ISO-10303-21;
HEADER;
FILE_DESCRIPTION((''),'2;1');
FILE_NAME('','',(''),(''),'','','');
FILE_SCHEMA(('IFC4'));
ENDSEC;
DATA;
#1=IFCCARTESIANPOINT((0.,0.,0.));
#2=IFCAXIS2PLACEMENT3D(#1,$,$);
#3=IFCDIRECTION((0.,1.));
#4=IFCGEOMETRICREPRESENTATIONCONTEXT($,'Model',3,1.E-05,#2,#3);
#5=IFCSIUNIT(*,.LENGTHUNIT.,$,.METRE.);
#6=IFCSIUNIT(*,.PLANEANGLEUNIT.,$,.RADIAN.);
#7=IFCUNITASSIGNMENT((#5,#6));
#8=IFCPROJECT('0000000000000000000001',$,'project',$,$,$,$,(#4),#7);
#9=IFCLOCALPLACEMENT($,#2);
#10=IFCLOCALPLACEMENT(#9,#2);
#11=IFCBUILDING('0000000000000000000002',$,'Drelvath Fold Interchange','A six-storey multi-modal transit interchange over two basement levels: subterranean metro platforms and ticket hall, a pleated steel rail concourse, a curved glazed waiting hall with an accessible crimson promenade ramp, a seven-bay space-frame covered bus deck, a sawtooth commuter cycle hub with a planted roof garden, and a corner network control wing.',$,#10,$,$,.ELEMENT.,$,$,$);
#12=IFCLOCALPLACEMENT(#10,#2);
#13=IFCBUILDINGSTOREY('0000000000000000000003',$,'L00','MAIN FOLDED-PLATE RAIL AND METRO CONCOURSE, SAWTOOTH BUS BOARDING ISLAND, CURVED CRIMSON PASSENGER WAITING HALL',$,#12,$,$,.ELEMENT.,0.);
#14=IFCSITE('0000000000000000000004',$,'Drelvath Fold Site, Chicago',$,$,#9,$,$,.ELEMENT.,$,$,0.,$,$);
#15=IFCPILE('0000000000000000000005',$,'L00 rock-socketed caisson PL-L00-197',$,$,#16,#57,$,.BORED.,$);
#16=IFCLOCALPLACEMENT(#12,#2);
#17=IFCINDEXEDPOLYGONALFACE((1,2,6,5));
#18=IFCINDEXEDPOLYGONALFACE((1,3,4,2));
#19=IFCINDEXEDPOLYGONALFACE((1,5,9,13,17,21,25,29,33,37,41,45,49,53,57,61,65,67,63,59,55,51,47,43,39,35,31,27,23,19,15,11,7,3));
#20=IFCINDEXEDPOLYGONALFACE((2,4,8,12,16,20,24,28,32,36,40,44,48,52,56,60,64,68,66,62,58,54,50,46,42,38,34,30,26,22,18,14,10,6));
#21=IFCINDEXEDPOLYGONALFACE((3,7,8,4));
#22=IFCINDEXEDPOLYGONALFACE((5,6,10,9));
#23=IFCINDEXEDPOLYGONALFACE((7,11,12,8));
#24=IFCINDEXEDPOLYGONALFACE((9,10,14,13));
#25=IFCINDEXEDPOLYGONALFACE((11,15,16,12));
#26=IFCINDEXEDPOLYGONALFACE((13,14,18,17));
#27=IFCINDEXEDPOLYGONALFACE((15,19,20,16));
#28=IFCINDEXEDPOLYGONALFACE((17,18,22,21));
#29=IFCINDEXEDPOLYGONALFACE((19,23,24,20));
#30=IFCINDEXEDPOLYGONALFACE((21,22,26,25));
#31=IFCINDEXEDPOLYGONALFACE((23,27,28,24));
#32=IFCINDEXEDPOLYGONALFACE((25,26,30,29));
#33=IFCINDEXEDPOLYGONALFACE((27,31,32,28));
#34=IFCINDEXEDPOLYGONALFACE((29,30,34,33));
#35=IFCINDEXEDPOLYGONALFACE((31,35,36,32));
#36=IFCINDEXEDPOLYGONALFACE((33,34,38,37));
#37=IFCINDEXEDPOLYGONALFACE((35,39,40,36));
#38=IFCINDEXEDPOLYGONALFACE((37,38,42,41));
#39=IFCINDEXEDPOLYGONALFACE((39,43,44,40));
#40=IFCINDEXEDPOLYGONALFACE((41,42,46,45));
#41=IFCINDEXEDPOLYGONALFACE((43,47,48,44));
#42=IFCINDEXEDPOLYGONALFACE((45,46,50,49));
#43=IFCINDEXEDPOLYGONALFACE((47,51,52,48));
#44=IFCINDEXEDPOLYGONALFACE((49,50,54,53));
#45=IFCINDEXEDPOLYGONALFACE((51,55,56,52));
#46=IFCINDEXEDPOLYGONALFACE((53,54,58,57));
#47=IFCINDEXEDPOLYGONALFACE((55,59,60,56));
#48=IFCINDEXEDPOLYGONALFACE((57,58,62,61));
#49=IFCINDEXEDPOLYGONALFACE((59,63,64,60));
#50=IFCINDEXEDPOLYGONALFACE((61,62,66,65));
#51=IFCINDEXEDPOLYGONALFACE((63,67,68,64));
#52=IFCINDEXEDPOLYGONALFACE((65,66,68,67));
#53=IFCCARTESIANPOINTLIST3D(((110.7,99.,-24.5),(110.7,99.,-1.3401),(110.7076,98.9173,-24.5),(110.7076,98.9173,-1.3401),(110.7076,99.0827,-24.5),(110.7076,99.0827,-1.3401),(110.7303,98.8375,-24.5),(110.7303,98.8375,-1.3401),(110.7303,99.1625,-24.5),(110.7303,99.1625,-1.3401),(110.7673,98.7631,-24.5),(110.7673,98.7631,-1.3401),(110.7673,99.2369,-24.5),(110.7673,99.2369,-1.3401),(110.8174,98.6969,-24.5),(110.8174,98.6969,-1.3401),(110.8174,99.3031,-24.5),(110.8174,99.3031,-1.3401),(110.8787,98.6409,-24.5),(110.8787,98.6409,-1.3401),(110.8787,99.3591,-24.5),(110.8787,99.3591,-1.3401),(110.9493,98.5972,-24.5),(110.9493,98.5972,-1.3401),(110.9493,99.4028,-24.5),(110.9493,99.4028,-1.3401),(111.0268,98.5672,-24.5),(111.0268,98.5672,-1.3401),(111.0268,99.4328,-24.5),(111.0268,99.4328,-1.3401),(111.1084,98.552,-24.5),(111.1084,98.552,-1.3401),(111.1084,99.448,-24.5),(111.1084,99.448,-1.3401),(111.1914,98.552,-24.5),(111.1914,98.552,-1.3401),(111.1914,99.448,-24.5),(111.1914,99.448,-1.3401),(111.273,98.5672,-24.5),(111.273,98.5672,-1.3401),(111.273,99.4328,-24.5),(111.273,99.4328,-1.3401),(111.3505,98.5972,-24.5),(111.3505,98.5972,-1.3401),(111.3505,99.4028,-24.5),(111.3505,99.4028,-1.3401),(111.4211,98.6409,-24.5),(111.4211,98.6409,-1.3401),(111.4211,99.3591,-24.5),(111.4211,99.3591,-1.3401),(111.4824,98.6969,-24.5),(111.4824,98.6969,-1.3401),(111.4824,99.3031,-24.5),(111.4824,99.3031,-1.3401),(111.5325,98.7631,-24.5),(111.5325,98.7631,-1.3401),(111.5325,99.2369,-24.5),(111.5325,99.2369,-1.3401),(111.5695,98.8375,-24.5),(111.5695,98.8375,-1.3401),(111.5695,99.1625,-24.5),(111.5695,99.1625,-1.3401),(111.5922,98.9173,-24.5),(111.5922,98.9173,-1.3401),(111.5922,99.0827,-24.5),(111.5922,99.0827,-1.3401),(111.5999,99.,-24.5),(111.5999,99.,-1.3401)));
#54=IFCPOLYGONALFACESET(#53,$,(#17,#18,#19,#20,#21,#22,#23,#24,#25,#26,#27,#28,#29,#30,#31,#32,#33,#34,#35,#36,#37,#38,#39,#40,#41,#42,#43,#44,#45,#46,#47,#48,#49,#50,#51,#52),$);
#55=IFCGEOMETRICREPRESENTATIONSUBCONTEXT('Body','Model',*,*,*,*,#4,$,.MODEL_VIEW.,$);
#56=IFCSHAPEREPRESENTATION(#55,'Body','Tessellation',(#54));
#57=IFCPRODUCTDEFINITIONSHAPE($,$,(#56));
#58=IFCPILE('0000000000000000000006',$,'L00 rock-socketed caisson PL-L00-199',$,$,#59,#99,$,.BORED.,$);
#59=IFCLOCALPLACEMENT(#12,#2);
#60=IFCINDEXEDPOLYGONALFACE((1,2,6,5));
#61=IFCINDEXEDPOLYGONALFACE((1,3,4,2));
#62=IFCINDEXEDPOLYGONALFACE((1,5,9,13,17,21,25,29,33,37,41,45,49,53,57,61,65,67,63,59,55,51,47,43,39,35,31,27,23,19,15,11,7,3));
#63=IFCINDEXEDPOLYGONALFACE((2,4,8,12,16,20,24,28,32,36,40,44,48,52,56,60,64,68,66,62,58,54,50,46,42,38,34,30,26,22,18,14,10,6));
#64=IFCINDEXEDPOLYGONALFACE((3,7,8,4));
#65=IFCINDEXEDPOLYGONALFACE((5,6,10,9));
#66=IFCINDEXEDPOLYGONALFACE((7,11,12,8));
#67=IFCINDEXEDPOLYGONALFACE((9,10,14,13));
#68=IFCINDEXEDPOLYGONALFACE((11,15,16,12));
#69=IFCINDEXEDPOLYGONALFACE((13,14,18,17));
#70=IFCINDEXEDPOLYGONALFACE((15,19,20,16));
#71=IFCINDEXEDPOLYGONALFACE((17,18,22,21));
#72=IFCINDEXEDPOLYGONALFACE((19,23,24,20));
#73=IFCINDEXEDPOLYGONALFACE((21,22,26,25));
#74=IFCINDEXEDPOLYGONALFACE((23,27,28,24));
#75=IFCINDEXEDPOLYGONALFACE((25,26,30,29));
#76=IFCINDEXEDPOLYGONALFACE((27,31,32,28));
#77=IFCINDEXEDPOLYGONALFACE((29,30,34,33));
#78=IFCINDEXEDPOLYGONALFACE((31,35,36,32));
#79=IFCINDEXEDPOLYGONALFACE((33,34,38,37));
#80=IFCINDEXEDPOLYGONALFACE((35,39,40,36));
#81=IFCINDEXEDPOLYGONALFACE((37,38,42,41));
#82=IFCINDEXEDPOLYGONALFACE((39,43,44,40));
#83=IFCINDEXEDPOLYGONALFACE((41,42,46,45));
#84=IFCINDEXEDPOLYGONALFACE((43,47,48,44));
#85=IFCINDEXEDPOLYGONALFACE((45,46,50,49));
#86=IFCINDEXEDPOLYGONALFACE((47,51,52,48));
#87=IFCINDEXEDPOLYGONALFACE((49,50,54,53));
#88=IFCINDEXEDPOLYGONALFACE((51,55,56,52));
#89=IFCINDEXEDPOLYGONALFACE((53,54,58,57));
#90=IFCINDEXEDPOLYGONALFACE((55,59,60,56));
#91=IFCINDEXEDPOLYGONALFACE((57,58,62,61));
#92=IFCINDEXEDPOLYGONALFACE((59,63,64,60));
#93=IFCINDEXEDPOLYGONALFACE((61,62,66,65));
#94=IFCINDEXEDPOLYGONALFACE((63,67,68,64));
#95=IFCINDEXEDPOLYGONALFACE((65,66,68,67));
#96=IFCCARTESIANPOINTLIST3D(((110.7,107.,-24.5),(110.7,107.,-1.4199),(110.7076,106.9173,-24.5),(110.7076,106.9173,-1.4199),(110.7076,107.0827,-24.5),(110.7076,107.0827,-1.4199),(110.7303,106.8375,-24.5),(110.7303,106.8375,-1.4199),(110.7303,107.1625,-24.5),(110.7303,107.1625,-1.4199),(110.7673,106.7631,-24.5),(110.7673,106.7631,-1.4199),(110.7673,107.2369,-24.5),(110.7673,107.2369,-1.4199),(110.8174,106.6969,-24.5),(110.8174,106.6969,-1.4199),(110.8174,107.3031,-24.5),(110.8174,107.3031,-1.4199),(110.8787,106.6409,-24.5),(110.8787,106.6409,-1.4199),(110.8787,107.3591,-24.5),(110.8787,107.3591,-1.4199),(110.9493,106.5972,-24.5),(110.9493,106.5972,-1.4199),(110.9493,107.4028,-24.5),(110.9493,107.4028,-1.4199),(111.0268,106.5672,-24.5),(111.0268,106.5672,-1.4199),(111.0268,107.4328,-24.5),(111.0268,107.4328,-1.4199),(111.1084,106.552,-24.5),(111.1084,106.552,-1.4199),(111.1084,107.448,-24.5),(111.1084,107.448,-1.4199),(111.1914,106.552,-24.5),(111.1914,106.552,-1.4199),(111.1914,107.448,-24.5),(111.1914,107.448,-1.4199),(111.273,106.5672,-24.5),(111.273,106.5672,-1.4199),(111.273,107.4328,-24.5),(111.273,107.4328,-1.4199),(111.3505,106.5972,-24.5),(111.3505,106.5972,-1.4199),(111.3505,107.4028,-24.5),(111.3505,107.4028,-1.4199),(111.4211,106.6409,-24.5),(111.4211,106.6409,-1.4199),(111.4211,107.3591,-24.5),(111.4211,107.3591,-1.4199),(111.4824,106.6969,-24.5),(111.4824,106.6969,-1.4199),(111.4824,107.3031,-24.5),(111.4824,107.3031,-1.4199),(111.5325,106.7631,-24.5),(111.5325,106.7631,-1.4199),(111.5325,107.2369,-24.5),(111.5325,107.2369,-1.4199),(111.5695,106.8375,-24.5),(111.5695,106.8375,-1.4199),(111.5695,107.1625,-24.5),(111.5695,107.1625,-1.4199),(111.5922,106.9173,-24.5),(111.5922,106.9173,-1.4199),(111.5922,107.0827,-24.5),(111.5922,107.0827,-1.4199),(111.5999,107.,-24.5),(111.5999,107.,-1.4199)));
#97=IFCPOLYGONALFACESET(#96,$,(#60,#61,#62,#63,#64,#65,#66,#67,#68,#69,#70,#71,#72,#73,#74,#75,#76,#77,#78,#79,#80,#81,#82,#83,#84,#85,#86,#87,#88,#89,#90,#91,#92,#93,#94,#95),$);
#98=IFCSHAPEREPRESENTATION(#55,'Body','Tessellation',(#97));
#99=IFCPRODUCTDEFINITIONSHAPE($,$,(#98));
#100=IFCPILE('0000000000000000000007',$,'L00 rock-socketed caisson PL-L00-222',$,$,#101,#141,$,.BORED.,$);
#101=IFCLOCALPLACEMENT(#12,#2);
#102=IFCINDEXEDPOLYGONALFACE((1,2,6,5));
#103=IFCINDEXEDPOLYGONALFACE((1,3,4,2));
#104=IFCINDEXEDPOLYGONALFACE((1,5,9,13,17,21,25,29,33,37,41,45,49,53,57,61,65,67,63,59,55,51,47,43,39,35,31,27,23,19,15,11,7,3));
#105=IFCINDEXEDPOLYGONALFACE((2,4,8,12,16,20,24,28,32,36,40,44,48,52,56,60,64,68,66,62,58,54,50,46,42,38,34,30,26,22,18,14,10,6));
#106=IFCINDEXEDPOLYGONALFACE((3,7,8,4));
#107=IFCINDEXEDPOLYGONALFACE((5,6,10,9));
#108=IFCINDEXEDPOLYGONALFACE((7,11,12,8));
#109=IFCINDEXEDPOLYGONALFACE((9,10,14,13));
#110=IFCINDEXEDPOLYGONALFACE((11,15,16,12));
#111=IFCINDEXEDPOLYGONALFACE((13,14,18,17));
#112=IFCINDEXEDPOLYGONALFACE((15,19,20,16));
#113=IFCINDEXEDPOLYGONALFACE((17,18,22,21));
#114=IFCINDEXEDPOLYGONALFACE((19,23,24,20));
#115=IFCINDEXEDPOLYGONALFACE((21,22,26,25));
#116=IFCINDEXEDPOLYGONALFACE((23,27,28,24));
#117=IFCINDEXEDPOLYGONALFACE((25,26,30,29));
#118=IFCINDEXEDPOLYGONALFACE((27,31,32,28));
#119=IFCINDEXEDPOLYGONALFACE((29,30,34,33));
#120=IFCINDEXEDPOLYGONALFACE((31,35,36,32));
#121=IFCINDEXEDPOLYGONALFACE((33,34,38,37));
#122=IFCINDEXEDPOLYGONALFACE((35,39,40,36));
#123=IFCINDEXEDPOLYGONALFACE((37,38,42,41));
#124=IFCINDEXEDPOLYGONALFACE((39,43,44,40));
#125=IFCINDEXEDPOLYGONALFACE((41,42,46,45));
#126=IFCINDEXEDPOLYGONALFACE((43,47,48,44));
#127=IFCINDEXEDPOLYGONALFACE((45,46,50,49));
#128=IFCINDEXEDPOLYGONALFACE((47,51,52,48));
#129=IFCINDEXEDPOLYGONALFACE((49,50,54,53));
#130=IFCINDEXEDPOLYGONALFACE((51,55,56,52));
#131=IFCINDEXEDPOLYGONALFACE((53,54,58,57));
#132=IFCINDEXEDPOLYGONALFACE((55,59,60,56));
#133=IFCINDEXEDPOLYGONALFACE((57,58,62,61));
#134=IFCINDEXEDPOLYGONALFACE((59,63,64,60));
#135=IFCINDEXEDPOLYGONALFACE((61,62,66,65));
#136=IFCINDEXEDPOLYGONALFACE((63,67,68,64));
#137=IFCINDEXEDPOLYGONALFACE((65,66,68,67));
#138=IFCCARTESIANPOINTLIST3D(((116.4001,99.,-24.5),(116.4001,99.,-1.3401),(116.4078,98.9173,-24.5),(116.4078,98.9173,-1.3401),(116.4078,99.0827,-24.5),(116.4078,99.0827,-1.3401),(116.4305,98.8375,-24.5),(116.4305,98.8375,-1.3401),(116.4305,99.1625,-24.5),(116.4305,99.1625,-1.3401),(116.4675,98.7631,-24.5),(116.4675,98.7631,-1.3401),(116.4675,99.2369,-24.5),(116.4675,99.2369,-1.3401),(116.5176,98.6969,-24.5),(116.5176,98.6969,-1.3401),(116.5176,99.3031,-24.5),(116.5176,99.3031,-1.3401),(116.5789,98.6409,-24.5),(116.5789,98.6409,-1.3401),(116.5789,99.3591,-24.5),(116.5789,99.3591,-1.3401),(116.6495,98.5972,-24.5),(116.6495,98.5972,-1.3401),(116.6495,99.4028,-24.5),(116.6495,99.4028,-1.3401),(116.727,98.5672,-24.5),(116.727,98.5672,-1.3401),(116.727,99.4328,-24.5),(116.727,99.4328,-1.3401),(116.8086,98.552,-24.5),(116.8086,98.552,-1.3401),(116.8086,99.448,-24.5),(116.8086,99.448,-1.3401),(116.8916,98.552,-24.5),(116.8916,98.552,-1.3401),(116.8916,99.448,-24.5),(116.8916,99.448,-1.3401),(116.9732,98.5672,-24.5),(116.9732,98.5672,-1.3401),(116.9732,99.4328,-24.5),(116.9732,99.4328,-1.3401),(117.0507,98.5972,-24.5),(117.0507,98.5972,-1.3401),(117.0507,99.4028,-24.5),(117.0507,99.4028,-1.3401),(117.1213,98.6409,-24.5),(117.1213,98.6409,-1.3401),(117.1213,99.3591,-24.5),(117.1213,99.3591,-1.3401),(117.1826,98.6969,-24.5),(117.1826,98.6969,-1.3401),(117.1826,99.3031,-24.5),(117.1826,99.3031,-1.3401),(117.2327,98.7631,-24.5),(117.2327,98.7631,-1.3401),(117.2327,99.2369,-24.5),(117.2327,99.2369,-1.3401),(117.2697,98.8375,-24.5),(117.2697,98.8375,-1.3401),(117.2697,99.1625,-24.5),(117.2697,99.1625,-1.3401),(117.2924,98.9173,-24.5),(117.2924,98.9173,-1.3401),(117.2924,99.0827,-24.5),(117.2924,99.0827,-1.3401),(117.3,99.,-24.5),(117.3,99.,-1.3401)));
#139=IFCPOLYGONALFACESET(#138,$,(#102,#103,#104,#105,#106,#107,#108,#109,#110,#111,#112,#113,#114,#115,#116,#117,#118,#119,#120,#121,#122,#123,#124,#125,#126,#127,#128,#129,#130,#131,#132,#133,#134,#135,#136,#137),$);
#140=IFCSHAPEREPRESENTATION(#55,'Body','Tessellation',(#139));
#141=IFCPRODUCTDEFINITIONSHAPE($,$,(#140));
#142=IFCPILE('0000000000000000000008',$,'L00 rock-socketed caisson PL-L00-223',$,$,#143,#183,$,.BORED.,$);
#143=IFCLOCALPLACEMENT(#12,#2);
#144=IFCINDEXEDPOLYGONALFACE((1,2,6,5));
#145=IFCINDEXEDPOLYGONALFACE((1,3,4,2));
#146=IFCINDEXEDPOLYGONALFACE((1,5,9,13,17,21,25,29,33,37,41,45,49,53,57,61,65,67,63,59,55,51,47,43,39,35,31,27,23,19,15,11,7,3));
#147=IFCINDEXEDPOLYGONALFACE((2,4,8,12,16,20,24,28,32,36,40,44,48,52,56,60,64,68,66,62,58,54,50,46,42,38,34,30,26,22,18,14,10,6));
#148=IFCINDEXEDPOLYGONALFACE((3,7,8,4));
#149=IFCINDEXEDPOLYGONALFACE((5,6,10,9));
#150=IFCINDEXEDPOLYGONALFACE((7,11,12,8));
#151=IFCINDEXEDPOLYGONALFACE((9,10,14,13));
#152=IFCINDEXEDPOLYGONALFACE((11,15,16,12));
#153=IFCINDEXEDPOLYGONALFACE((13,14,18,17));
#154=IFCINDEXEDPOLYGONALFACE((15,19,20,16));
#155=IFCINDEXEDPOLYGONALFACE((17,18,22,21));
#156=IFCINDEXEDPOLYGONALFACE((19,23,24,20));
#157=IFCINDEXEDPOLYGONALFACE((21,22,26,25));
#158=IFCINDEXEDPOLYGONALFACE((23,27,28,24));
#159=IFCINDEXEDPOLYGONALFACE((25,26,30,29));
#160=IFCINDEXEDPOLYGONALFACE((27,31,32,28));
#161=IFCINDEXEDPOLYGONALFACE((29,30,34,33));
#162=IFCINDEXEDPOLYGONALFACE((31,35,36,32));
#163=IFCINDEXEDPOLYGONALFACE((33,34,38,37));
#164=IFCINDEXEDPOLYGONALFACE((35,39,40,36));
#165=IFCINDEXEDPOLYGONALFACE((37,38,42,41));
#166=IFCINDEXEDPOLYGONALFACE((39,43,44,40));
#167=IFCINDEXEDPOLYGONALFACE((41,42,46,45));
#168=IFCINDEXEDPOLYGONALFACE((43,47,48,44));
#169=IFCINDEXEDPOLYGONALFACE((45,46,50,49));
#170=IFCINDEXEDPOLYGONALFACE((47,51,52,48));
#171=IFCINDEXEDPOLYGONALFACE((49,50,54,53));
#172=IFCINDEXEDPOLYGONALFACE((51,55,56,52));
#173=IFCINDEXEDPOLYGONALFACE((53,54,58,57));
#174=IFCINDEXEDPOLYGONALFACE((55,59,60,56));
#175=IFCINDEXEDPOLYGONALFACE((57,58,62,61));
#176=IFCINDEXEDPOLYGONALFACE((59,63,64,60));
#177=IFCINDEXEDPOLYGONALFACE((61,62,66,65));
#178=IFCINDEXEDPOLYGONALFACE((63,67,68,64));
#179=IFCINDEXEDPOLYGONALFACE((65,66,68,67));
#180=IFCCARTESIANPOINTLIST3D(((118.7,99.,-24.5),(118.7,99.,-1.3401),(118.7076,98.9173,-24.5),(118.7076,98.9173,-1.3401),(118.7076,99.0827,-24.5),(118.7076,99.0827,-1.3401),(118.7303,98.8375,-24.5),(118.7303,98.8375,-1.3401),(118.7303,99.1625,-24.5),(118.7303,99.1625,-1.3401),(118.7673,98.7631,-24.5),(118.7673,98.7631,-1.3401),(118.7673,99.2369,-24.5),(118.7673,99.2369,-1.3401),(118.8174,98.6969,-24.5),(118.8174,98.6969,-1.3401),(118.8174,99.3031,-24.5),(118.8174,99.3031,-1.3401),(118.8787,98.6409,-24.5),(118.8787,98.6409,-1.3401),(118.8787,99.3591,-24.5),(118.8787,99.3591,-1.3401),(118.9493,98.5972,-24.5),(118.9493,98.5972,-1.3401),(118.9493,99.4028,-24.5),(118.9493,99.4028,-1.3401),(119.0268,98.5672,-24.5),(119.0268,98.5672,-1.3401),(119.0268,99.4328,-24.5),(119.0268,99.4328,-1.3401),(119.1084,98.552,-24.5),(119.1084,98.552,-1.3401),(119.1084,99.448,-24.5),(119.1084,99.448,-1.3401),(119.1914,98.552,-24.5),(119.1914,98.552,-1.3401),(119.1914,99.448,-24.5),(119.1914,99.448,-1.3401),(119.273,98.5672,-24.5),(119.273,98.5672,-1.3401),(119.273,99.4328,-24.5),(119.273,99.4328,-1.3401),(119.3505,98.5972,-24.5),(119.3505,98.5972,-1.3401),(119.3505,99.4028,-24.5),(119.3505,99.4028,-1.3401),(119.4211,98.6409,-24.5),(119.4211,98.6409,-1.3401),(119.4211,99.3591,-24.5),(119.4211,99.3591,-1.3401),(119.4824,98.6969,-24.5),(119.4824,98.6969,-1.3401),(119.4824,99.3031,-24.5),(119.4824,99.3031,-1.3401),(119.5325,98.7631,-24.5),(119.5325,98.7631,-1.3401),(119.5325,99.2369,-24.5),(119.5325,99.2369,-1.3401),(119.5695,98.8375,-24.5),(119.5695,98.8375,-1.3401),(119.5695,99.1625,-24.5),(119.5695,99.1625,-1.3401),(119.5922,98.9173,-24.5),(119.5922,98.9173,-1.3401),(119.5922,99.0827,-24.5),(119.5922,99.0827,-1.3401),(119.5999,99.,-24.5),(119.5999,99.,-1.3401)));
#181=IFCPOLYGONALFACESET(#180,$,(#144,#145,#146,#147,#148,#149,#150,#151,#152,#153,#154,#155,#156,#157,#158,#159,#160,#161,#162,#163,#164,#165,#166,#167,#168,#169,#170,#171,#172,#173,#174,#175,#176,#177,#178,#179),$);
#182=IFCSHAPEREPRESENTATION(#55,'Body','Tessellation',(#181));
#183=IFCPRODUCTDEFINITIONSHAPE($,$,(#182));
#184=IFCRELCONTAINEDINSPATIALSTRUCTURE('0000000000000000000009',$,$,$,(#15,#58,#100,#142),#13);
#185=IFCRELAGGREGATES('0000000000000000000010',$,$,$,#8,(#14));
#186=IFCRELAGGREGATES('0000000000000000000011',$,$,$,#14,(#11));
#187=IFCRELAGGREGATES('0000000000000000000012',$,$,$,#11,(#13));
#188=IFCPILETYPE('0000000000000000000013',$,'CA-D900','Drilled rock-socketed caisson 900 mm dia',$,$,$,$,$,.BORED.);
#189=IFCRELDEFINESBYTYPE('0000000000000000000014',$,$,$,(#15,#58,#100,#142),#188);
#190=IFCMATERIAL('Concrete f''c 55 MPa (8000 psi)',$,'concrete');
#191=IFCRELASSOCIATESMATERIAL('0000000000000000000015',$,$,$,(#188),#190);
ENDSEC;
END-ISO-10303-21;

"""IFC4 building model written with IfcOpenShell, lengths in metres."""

from ifc_helpers import new_model, si_unit, direction, frame, origin, origin_2d, place, context, subcontext, project, spatial, circle, extrude, material, material_profile, profile_set, type_object, element, save


model = new_model("IFC4")

# Units and contexts
model_context = context("Model", 3, precision=1e-05, world=origin(), true_north=direction((0.0, 1.0)))
body_context = subcontext(model_context, "Body", "Model", "MODEL_VIEW")
ifc_project = project(units=[si_unit("LENGTHUNIT", "METRE"), si_unit("PLANEANGLEUNIT", "RADIAN")], contexts=[model_context])

# Site, building, storey
site_placement = place(None, origin())
site = spatial("IfcSite", under=ifc_project, at=site_placement, Name="Drelvath Fold Site, Chicago", CompositionType="ELEMENT", RefElevation=0.0)
building_placement = place(site_placement, origin())
building = spatial("IfcBuilding", under=site, at=building_placement, Name="Drelvath Fold Interchange", Description="A six-storey multi-modal transit interchange over two basement levels: subterranean metro platforms and ticket hall, a pleated steel rail concourse, a curved glazed waiting hall with an accessible crimson promenade ramp, a seven-bay space-frame covered bus deck, a sawtooth commuter cycle hub with a planted roof garden, and a corner network control wing.", CompositionType="ELEMENT")
storey_placement = place(building_placement, origin())
storey = spatial("IfcBuildingStorey", under=building, at=storey_placement, Name="L00", Description="MAIN FOLDED-PLATE RAIL AND METRO CONCOURSE, SAWTOOTH BUS BOARDING ISLAND, CURVED CRIMSON PASSENGER WAITING HALL", CompositionType="ELEMENT", Elevation=0.0)

# Piles
ifc_material_1 = material(Name="Concrete f'c 55 MPa (8000 psi)", Category="concrete")
ifc_material_profile_1 = material_profile(ifc_material_1, circle(Radius=0.45, at=origin_2d()), Name="CAISSON D900")
ifc_profile_set_1 = profile_set([ifc_material_profile_1], Name="Concrete f'c 55 MPa (8000 psi)")
pile_type = type_object("IfcPileType", Name="CA-D900", Description="Drilled rock-socketed caisson 900 mm dia", PredefinedType="BORED", material=ifc_profile_set_1)
pile_1_placement = place(storey_placement, frame((111.1499, 99.0, -1.3401), z_axis=(0.0, 0.0, -1.0), x_axis=(1.0, 0.0, 0.0)))
element("IfcPile", 1, at=pile_1_placement, inside=storey, type_object=pile_type, Name="L00 rock-socketed caisson PL-L00-197", PredefinedType="BORED", context=body_context, shape_type="SweptSolid", body=[
    extrude(circle(Radius=0.45, at=origin_2d()), origin(), (0.0, 0.0, 1.0), 23.1599),
])
pile_2_placement = place(storey_placement, frame((111.1499, 107.0, -1.4199), z_axis=(0.0, 0.0, -1.0), x_axis=(1.0, 0.0, 0.0)))
element("IfcPile", 2, at=pile_2_placement, inside=storey, type_object=pile_type, Name="L00 rock-socketed caisson PL-L00-199", PredefinedType="BORED", context=body_context, shape_type="SweptSolid", body=[
    extrude(circle(Radius=0.45, at=origin_2d()), origin(), (0.0, 0.0, 1.0), 23.0801),
])
for number, where, z_axis, x_axis, name in (
    (3, (116.8501, 99.0, -1.3401), (0.0, 0.0, -1.0), (1.0, 0.0, 0.0), "L00 rock-socketed caisson PL-L00-222"),
    (4, (119.1499, 99.0, -1.3401), (0.0, 0.0, -1.0), (1.0, 0.0, 0.0), "L00 rock-socketed caisson PL-L00-223"),
):
    element("IfcPile", number, at=place(storey_placement, frame(where, z_axis=z_axis, x_axis=x_axis)), inside=storey, type_object=pile_type, Name=name, PredefinedType="BORED", context=body_context, shape_type="SweptSolid", body=[
        extrude(circle(Radius=0.45, at=origin_2d()), origin(), (0.0, 0.0, 1.0), 23.1599),
    ])

save(model, "model.ifc")
